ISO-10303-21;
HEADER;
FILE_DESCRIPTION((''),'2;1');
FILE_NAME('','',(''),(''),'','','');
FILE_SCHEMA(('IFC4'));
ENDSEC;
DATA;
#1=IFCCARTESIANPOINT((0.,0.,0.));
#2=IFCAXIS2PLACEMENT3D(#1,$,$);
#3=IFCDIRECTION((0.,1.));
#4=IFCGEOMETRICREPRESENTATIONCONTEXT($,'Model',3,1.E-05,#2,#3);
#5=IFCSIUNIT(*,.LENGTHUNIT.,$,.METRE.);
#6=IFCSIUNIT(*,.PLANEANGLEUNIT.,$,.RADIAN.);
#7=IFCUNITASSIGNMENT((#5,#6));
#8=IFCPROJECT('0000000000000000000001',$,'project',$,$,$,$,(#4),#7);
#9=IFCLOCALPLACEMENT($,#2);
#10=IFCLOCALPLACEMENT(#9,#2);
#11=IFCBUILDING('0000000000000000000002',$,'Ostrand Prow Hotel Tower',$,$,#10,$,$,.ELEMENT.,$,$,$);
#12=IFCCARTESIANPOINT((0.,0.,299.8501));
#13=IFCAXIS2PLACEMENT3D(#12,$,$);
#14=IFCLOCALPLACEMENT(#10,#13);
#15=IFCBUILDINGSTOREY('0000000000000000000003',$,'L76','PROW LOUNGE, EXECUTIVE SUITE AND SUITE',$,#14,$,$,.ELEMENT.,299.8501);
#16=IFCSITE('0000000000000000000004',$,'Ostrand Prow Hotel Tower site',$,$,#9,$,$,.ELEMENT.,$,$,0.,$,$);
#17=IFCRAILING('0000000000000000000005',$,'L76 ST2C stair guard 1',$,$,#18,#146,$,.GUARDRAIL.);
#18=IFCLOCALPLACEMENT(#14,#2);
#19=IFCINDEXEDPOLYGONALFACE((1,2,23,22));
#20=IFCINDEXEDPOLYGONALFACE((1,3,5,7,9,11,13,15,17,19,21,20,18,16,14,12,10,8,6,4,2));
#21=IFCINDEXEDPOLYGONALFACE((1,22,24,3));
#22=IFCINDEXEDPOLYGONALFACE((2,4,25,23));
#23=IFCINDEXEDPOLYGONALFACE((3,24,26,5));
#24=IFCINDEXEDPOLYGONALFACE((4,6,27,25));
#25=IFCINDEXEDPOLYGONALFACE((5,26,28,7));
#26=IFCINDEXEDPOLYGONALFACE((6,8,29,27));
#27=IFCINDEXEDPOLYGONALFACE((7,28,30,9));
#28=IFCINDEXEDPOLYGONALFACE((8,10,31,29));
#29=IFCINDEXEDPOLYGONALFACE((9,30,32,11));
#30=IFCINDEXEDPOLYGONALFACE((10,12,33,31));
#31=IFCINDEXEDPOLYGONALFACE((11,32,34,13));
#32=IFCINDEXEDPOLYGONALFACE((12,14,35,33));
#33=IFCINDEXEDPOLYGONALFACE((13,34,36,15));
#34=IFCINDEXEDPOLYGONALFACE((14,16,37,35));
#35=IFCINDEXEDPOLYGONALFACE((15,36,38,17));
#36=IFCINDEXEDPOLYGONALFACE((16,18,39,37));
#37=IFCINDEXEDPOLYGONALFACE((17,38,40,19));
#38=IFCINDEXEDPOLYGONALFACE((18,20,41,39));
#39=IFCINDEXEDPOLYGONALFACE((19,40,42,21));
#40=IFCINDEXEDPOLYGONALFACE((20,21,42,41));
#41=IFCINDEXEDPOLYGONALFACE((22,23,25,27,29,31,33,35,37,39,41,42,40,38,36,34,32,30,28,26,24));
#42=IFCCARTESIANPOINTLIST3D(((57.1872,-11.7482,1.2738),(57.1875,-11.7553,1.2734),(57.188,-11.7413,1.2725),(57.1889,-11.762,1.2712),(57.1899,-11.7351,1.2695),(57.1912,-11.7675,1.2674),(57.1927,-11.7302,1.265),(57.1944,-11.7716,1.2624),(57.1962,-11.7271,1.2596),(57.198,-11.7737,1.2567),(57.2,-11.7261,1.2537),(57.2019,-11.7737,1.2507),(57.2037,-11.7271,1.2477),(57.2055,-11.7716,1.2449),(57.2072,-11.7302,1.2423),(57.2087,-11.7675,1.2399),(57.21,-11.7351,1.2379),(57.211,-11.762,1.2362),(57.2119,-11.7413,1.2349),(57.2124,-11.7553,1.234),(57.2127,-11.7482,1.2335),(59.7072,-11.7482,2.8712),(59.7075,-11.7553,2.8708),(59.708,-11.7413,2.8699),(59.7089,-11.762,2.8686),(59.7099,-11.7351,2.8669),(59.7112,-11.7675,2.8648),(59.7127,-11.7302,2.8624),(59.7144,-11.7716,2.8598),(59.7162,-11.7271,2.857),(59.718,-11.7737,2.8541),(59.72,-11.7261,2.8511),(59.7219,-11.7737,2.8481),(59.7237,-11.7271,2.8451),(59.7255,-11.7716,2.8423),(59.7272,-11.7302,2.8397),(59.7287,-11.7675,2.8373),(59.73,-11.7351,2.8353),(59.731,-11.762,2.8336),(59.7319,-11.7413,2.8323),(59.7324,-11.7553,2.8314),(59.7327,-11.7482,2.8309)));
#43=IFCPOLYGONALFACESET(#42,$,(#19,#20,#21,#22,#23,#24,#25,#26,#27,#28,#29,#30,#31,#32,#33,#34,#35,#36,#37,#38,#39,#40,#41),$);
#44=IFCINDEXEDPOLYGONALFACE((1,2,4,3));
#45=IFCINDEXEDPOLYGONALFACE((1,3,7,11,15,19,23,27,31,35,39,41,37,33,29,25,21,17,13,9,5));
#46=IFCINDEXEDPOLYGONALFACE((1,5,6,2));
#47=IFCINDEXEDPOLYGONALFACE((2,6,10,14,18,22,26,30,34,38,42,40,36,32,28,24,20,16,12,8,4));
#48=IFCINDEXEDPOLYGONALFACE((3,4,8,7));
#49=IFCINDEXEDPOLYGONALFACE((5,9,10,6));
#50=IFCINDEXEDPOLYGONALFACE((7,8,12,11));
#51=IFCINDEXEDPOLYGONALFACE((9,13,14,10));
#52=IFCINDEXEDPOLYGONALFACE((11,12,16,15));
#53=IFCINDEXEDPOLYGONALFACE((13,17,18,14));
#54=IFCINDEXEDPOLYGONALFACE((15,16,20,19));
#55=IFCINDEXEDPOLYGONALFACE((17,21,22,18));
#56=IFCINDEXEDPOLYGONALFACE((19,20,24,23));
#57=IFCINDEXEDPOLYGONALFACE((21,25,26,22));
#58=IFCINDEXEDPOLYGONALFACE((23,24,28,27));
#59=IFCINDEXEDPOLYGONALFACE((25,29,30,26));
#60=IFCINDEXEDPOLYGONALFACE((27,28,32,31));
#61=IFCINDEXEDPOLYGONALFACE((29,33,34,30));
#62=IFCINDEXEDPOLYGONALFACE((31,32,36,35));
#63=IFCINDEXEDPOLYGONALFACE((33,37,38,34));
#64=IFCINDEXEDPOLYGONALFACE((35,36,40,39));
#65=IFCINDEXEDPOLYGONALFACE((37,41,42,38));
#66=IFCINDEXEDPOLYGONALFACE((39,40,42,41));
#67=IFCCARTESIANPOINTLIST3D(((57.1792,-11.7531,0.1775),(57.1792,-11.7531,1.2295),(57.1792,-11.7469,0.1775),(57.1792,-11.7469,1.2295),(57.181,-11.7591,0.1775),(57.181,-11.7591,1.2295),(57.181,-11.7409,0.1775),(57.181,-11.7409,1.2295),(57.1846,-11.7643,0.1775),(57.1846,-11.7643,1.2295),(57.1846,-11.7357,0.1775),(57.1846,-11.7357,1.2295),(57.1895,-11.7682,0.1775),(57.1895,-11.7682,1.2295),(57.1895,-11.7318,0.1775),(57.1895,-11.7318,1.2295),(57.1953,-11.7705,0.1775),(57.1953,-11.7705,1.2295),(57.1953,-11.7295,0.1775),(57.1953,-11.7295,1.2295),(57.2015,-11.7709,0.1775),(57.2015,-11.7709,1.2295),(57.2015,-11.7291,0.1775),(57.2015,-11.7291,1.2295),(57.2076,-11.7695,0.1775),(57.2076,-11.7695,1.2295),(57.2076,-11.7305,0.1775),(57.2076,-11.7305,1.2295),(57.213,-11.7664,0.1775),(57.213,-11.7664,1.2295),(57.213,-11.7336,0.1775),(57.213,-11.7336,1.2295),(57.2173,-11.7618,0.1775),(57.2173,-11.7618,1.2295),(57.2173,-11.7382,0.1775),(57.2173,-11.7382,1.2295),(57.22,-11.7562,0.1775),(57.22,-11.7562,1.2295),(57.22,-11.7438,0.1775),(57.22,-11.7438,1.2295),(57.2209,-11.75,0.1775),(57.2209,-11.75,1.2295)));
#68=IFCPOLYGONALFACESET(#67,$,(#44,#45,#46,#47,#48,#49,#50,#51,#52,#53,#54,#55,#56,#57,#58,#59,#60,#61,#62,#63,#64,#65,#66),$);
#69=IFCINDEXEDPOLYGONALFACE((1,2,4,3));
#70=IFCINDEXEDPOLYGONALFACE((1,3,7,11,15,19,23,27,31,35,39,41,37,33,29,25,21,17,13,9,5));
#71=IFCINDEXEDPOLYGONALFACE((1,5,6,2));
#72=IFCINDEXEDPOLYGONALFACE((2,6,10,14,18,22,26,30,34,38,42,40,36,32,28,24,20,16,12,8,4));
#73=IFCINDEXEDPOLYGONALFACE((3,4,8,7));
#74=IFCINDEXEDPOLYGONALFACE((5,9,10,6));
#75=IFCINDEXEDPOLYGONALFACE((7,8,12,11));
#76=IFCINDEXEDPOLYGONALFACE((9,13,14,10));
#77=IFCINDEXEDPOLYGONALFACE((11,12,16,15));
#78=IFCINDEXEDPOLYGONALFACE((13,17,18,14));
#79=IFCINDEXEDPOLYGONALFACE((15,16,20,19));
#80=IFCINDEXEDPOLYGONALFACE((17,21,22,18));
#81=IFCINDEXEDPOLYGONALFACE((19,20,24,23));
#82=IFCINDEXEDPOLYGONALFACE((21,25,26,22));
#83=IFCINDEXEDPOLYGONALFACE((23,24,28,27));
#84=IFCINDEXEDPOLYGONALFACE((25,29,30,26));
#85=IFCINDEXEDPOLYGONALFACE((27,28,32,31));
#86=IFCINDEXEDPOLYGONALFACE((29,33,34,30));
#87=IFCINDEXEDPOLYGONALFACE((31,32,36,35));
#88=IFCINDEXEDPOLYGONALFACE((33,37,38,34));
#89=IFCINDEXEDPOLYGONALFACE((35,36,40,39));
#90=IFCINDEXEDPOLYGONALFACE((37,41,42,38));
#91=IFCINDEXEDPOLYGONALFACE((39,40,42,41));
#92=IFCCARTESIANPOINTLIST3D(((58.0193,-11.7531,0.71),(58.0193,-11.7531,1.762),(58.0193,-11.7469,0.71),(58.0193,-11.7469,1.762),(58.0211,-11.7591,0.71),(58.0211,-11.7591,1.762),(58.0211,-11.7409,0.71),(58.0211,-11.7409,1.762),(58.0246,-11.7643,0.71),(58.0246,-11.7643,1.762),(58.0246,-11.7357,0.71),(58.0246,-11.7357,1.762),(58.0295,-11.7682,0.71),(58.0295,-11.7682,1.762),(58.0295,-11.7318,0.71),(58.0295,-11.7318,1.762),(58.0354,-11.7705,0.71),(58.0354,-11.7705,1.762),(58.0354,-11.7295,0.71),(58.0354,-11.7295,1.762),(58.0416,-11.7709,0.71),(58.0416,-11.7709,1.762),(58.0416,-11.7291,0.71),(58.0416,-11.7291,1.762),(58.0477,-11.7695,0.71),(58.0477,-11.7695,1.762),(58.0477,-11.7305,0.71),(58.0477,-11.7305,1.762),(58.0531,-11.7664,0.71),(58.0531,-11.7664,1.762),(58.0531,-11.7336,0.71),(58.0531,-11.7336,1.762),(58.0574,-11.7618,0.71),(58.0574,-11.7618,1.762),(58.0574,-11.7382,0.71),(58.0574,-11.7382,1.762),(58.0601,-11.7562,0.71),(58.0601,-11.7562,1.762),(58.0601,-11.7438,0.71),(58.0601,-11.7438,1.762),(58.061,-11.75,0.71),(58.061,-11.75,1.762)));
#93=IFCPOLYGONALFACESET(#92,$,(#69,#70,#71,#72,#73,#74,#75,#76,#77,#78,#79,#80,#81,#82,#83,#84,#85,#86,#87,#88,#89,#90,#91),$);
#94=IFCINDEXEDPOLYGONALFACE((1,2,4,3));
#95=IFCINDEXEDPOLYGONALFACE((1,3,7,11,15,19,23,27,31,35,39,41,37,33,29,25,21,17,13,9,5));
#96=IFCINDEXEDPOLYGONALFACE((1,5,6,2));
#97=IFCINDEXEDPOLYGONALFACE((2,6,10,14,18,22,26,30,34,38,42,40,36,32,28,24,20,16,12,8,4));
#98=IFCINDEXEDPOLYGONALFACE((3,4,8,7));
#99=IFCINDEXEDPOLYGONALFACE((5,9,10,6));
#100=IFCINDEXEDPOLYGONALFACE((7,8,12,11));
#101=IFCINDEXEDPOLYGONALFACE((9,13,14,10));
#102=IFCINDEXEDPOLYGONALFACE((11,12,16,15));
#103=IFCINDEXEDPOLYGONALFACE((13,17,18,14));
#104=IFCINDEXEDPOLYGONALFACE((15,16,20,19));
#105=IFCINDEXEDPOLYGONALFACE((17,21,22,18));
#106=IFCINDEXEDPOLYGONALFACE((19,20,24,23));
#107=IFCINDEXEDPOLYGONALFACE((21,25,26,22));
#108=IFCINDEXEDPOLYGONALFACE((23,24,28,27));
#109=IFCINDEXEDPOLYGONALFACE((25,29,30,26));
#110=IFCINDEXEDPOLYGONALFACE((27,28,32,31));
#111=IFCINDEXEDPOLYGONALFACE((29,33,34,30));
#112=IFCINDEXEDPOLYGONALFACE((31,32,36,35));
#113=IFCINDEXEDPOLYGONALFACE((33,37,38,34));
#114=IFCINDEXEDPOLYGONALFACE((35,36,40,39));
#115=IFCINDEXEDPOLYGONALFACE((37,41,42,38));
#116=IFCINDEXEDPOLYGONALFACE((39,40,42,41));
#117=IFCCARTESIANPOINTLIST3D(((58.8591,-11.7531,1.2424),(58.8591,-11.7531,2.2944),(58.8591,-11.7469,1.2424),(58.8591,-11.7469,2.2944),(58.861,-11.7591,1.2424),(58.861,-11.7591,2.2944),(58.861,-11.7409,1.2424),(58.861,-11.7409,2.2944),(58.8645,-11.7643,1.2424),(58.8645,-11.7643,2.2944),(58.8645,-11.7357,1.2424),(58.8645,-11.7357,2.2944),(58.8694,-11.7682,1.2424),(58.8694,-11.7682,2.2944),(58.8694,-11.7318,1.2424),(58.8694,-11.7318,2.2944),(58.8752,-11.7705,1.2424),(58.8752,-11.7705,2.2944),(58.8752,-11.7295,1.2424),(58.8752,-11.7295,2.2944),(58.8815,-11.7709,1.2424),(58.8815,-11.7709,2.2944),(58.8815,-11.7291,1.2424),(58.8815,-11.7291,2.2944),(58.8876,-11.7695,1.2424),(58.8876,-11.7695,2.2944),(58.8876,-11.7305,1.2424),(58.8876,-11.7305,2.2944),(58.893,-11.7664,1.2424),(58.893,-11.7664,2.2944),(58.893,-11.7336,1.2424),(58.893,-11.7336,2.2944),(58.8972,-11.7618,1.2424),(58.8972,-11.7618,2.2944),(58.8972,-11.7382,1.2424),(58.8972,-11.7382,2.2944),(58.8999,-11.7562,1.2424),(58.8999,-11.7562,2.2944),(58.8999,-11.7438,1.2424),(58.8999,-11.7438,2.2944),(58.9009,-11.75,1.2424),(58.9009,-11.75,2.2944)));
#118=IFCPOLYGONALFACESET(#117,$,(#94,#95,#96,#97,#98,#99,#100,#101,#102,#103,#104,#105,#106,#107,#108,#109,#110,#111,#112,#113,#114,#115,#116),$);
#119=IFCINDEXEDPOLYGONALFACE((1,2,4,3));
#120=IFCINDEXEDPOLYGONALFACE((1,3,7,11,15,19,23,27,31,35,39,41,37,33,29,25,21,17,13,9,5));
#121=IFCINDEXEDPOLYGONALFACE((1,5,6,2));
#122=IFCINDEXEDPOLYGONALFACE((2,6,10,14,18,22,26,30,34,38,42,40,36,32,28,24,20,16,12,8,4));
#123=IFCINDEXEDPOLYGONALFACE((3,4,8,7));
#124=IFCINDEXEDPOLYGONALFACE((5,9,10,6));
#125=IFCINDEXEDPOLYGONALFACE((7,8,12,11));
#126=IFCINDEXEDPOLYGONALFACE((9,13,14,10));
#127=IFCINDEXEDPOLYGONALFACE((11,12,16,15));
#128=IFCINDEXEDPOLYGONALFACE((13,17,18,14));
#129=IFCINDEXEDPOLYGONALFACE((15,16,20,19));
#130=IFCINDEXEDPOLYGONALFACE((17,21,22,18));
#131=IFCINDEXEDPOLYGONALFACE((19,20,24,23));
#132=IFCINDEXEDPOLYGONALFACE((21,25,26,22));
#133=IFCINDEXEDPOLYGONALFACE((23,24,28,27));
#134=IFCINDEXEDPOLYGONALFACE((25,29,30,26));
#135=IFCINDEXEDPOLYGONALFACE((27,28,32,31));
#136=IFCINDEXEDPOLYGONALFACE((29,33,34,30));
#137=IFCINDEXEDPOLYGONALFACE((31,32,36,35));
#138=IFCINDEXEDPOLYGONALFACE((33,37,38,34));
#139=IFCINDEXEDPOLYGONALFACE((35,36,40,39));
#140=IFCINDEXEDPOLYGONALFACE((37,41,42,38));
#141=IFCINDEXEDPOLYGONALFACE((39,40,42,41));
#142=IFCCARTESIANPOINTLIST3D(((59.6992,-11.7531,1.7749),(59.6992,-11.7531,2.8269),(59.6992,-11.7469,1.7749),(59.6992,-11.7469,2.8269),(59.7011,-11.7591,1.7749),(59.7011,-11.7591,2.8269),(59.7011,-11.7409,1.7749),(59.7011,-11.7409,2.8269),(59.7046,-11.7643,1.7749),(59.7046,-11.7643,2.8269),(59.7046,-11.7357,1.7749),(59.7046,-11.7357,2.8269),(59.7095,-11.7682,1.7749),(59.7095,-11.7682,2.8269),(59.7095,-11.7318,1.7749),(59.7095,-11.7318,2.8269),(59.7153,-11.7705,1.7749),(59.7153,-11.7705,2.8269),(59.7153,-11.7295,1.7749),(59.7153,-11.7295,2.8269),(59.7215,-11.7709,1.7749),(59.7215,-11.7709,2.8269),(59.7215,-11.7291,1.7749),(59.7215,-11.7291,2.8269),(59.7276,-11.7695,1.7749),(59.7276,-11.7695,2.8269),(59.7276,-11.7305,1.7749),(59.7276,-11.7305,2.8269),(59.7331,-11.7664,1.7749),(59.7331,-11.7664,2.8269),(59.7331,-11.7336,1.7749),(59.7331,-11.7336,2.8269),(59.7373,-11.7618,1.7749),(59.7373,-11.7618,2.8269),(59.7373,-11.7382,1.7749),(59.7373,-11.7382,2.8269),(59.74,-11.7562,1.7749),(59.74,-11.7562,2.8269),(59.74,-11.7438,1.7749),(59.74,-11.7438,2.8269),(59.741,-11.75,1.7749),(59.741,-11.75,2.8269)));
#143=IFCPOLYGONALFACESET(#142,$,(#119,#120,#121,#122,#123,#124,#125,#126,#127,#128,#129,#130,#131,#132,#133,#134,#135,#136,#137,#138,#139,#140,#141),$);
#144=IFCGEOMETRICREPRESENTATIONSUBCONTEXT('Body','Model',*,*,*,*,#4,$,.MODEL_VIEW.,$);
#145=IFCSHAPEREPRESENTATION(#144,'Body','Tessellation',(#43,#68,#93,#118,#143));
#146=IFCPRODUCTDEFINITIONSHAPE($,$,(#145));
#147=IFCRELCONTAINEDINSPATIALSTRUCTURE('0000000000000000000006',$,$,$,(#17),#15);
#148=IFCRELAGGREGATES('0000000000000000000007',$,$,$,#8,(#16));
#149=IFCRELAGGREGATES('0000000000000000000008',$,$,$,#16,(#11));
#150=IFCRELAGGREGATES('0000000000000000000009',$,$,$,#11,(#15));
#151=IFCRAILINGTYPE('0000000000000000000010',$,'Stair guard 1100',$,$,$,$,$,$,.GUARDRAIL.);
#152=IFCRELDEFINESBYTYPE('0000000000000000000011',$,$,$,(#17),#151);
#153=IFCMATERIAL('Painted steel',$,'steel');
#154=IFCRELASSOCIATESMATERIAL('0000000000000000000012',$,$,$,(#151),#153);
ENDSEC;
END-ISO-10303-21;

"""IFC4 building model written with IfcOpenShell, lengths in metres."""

from ifc_helpers import new_model, si_unit, direction, frame, origin, origin_2d, place, context, subcontext, project, spatial, circle, extrude, material, type_object, element, save


model = new_model("IFC4")

# Units and contexts
model_context = context("Model", 3, precision=1e-05, world=origin(), true_north=direction((0.0, 1.0)))
body_context = subcontext(model_context, "Body", "Model", "MODEL_VIEW")
ifc_project = project(units=[si_unit("LENGTHUNIT", "METRE"), si_unit("PLANEANGLEUNIT", "RADIAN")], contexts=[model_context])

# Site, building, storey
site_placement = place(None, origin())
site = spatial("IfcSite", under=ifc_project, at=site_placement, Name="Ostrand Prow Hotel Tower site", CompositionType="ELEMENT", RefElevation=0.0)
building_placement = place(site_placement, origin())
building = spatial("IfcBuilding", under=site, at=building_placement, Name="Ostrand Prow Hotel Tower", CompositionType="ELEMENT")
storey_placement = place(building_placement, frame((0.0, 0.0, 299.8501)))
storey = spatial("IfcBuildingStorey", under=building, at=storey_placement, Name="L76", Description="PROW LOUNGE, EXECUTIVE SUITE AND SUITE", CompositionType="ELEMENT", Elevation=299.8501)

# Railing
ifc_material_1 = material(Name="Painted steel", Category="steel")
railing_type_1 = type_object("IfcRailingType", Name="Stair guard 1100", PredefinedType="GUARDRAIL", material=ifc_material_1)
railing_1_placement = place(storey_placement, frame((57.2, -11.75, 0.1775)))
element("IfcRailing", 1, at=railing_1_placement, inside=storey, type_object=railing_type_1, Name="L76 ST2C stair guard 1", PredefinedType="GUARDRAIL", context=body_context, shape_type="SweptSolid", body=[
    extrude(circle(Radius=0.0239, at=origin_2d()), frame((0.0, 0.0, 1.0762), z_axis=(0.844607, 0.0, 0.535387), x_axis=(0.0, 1.0, 0.0)), (0.0, 0.0, 1.0), 2.9836),
    extrude(circle(Radius=0.021, at=origin_2d()), origin(), (0.0, 0.0, 1.0), 1.052),
    extrude(circle(Radius=0.021, at=origin_2d()), frame((0.8401, 0.0, 0.5325)), (0.0, 0.0, 1.0), 1.052),
    extrude(circle(Radius=0.021, at=origin_2d()), frame((1.6799, 0.0, 1.0649)), (0.0, 0.0, 1.0), 1.052),
    extrude(circle(Radius=0.021, at=origin_2d()), frame((2.52, 0.0, 1.5974)), (0.0, 0.0, 1.0), 1.052),
])

save(model, "model.ifc")
